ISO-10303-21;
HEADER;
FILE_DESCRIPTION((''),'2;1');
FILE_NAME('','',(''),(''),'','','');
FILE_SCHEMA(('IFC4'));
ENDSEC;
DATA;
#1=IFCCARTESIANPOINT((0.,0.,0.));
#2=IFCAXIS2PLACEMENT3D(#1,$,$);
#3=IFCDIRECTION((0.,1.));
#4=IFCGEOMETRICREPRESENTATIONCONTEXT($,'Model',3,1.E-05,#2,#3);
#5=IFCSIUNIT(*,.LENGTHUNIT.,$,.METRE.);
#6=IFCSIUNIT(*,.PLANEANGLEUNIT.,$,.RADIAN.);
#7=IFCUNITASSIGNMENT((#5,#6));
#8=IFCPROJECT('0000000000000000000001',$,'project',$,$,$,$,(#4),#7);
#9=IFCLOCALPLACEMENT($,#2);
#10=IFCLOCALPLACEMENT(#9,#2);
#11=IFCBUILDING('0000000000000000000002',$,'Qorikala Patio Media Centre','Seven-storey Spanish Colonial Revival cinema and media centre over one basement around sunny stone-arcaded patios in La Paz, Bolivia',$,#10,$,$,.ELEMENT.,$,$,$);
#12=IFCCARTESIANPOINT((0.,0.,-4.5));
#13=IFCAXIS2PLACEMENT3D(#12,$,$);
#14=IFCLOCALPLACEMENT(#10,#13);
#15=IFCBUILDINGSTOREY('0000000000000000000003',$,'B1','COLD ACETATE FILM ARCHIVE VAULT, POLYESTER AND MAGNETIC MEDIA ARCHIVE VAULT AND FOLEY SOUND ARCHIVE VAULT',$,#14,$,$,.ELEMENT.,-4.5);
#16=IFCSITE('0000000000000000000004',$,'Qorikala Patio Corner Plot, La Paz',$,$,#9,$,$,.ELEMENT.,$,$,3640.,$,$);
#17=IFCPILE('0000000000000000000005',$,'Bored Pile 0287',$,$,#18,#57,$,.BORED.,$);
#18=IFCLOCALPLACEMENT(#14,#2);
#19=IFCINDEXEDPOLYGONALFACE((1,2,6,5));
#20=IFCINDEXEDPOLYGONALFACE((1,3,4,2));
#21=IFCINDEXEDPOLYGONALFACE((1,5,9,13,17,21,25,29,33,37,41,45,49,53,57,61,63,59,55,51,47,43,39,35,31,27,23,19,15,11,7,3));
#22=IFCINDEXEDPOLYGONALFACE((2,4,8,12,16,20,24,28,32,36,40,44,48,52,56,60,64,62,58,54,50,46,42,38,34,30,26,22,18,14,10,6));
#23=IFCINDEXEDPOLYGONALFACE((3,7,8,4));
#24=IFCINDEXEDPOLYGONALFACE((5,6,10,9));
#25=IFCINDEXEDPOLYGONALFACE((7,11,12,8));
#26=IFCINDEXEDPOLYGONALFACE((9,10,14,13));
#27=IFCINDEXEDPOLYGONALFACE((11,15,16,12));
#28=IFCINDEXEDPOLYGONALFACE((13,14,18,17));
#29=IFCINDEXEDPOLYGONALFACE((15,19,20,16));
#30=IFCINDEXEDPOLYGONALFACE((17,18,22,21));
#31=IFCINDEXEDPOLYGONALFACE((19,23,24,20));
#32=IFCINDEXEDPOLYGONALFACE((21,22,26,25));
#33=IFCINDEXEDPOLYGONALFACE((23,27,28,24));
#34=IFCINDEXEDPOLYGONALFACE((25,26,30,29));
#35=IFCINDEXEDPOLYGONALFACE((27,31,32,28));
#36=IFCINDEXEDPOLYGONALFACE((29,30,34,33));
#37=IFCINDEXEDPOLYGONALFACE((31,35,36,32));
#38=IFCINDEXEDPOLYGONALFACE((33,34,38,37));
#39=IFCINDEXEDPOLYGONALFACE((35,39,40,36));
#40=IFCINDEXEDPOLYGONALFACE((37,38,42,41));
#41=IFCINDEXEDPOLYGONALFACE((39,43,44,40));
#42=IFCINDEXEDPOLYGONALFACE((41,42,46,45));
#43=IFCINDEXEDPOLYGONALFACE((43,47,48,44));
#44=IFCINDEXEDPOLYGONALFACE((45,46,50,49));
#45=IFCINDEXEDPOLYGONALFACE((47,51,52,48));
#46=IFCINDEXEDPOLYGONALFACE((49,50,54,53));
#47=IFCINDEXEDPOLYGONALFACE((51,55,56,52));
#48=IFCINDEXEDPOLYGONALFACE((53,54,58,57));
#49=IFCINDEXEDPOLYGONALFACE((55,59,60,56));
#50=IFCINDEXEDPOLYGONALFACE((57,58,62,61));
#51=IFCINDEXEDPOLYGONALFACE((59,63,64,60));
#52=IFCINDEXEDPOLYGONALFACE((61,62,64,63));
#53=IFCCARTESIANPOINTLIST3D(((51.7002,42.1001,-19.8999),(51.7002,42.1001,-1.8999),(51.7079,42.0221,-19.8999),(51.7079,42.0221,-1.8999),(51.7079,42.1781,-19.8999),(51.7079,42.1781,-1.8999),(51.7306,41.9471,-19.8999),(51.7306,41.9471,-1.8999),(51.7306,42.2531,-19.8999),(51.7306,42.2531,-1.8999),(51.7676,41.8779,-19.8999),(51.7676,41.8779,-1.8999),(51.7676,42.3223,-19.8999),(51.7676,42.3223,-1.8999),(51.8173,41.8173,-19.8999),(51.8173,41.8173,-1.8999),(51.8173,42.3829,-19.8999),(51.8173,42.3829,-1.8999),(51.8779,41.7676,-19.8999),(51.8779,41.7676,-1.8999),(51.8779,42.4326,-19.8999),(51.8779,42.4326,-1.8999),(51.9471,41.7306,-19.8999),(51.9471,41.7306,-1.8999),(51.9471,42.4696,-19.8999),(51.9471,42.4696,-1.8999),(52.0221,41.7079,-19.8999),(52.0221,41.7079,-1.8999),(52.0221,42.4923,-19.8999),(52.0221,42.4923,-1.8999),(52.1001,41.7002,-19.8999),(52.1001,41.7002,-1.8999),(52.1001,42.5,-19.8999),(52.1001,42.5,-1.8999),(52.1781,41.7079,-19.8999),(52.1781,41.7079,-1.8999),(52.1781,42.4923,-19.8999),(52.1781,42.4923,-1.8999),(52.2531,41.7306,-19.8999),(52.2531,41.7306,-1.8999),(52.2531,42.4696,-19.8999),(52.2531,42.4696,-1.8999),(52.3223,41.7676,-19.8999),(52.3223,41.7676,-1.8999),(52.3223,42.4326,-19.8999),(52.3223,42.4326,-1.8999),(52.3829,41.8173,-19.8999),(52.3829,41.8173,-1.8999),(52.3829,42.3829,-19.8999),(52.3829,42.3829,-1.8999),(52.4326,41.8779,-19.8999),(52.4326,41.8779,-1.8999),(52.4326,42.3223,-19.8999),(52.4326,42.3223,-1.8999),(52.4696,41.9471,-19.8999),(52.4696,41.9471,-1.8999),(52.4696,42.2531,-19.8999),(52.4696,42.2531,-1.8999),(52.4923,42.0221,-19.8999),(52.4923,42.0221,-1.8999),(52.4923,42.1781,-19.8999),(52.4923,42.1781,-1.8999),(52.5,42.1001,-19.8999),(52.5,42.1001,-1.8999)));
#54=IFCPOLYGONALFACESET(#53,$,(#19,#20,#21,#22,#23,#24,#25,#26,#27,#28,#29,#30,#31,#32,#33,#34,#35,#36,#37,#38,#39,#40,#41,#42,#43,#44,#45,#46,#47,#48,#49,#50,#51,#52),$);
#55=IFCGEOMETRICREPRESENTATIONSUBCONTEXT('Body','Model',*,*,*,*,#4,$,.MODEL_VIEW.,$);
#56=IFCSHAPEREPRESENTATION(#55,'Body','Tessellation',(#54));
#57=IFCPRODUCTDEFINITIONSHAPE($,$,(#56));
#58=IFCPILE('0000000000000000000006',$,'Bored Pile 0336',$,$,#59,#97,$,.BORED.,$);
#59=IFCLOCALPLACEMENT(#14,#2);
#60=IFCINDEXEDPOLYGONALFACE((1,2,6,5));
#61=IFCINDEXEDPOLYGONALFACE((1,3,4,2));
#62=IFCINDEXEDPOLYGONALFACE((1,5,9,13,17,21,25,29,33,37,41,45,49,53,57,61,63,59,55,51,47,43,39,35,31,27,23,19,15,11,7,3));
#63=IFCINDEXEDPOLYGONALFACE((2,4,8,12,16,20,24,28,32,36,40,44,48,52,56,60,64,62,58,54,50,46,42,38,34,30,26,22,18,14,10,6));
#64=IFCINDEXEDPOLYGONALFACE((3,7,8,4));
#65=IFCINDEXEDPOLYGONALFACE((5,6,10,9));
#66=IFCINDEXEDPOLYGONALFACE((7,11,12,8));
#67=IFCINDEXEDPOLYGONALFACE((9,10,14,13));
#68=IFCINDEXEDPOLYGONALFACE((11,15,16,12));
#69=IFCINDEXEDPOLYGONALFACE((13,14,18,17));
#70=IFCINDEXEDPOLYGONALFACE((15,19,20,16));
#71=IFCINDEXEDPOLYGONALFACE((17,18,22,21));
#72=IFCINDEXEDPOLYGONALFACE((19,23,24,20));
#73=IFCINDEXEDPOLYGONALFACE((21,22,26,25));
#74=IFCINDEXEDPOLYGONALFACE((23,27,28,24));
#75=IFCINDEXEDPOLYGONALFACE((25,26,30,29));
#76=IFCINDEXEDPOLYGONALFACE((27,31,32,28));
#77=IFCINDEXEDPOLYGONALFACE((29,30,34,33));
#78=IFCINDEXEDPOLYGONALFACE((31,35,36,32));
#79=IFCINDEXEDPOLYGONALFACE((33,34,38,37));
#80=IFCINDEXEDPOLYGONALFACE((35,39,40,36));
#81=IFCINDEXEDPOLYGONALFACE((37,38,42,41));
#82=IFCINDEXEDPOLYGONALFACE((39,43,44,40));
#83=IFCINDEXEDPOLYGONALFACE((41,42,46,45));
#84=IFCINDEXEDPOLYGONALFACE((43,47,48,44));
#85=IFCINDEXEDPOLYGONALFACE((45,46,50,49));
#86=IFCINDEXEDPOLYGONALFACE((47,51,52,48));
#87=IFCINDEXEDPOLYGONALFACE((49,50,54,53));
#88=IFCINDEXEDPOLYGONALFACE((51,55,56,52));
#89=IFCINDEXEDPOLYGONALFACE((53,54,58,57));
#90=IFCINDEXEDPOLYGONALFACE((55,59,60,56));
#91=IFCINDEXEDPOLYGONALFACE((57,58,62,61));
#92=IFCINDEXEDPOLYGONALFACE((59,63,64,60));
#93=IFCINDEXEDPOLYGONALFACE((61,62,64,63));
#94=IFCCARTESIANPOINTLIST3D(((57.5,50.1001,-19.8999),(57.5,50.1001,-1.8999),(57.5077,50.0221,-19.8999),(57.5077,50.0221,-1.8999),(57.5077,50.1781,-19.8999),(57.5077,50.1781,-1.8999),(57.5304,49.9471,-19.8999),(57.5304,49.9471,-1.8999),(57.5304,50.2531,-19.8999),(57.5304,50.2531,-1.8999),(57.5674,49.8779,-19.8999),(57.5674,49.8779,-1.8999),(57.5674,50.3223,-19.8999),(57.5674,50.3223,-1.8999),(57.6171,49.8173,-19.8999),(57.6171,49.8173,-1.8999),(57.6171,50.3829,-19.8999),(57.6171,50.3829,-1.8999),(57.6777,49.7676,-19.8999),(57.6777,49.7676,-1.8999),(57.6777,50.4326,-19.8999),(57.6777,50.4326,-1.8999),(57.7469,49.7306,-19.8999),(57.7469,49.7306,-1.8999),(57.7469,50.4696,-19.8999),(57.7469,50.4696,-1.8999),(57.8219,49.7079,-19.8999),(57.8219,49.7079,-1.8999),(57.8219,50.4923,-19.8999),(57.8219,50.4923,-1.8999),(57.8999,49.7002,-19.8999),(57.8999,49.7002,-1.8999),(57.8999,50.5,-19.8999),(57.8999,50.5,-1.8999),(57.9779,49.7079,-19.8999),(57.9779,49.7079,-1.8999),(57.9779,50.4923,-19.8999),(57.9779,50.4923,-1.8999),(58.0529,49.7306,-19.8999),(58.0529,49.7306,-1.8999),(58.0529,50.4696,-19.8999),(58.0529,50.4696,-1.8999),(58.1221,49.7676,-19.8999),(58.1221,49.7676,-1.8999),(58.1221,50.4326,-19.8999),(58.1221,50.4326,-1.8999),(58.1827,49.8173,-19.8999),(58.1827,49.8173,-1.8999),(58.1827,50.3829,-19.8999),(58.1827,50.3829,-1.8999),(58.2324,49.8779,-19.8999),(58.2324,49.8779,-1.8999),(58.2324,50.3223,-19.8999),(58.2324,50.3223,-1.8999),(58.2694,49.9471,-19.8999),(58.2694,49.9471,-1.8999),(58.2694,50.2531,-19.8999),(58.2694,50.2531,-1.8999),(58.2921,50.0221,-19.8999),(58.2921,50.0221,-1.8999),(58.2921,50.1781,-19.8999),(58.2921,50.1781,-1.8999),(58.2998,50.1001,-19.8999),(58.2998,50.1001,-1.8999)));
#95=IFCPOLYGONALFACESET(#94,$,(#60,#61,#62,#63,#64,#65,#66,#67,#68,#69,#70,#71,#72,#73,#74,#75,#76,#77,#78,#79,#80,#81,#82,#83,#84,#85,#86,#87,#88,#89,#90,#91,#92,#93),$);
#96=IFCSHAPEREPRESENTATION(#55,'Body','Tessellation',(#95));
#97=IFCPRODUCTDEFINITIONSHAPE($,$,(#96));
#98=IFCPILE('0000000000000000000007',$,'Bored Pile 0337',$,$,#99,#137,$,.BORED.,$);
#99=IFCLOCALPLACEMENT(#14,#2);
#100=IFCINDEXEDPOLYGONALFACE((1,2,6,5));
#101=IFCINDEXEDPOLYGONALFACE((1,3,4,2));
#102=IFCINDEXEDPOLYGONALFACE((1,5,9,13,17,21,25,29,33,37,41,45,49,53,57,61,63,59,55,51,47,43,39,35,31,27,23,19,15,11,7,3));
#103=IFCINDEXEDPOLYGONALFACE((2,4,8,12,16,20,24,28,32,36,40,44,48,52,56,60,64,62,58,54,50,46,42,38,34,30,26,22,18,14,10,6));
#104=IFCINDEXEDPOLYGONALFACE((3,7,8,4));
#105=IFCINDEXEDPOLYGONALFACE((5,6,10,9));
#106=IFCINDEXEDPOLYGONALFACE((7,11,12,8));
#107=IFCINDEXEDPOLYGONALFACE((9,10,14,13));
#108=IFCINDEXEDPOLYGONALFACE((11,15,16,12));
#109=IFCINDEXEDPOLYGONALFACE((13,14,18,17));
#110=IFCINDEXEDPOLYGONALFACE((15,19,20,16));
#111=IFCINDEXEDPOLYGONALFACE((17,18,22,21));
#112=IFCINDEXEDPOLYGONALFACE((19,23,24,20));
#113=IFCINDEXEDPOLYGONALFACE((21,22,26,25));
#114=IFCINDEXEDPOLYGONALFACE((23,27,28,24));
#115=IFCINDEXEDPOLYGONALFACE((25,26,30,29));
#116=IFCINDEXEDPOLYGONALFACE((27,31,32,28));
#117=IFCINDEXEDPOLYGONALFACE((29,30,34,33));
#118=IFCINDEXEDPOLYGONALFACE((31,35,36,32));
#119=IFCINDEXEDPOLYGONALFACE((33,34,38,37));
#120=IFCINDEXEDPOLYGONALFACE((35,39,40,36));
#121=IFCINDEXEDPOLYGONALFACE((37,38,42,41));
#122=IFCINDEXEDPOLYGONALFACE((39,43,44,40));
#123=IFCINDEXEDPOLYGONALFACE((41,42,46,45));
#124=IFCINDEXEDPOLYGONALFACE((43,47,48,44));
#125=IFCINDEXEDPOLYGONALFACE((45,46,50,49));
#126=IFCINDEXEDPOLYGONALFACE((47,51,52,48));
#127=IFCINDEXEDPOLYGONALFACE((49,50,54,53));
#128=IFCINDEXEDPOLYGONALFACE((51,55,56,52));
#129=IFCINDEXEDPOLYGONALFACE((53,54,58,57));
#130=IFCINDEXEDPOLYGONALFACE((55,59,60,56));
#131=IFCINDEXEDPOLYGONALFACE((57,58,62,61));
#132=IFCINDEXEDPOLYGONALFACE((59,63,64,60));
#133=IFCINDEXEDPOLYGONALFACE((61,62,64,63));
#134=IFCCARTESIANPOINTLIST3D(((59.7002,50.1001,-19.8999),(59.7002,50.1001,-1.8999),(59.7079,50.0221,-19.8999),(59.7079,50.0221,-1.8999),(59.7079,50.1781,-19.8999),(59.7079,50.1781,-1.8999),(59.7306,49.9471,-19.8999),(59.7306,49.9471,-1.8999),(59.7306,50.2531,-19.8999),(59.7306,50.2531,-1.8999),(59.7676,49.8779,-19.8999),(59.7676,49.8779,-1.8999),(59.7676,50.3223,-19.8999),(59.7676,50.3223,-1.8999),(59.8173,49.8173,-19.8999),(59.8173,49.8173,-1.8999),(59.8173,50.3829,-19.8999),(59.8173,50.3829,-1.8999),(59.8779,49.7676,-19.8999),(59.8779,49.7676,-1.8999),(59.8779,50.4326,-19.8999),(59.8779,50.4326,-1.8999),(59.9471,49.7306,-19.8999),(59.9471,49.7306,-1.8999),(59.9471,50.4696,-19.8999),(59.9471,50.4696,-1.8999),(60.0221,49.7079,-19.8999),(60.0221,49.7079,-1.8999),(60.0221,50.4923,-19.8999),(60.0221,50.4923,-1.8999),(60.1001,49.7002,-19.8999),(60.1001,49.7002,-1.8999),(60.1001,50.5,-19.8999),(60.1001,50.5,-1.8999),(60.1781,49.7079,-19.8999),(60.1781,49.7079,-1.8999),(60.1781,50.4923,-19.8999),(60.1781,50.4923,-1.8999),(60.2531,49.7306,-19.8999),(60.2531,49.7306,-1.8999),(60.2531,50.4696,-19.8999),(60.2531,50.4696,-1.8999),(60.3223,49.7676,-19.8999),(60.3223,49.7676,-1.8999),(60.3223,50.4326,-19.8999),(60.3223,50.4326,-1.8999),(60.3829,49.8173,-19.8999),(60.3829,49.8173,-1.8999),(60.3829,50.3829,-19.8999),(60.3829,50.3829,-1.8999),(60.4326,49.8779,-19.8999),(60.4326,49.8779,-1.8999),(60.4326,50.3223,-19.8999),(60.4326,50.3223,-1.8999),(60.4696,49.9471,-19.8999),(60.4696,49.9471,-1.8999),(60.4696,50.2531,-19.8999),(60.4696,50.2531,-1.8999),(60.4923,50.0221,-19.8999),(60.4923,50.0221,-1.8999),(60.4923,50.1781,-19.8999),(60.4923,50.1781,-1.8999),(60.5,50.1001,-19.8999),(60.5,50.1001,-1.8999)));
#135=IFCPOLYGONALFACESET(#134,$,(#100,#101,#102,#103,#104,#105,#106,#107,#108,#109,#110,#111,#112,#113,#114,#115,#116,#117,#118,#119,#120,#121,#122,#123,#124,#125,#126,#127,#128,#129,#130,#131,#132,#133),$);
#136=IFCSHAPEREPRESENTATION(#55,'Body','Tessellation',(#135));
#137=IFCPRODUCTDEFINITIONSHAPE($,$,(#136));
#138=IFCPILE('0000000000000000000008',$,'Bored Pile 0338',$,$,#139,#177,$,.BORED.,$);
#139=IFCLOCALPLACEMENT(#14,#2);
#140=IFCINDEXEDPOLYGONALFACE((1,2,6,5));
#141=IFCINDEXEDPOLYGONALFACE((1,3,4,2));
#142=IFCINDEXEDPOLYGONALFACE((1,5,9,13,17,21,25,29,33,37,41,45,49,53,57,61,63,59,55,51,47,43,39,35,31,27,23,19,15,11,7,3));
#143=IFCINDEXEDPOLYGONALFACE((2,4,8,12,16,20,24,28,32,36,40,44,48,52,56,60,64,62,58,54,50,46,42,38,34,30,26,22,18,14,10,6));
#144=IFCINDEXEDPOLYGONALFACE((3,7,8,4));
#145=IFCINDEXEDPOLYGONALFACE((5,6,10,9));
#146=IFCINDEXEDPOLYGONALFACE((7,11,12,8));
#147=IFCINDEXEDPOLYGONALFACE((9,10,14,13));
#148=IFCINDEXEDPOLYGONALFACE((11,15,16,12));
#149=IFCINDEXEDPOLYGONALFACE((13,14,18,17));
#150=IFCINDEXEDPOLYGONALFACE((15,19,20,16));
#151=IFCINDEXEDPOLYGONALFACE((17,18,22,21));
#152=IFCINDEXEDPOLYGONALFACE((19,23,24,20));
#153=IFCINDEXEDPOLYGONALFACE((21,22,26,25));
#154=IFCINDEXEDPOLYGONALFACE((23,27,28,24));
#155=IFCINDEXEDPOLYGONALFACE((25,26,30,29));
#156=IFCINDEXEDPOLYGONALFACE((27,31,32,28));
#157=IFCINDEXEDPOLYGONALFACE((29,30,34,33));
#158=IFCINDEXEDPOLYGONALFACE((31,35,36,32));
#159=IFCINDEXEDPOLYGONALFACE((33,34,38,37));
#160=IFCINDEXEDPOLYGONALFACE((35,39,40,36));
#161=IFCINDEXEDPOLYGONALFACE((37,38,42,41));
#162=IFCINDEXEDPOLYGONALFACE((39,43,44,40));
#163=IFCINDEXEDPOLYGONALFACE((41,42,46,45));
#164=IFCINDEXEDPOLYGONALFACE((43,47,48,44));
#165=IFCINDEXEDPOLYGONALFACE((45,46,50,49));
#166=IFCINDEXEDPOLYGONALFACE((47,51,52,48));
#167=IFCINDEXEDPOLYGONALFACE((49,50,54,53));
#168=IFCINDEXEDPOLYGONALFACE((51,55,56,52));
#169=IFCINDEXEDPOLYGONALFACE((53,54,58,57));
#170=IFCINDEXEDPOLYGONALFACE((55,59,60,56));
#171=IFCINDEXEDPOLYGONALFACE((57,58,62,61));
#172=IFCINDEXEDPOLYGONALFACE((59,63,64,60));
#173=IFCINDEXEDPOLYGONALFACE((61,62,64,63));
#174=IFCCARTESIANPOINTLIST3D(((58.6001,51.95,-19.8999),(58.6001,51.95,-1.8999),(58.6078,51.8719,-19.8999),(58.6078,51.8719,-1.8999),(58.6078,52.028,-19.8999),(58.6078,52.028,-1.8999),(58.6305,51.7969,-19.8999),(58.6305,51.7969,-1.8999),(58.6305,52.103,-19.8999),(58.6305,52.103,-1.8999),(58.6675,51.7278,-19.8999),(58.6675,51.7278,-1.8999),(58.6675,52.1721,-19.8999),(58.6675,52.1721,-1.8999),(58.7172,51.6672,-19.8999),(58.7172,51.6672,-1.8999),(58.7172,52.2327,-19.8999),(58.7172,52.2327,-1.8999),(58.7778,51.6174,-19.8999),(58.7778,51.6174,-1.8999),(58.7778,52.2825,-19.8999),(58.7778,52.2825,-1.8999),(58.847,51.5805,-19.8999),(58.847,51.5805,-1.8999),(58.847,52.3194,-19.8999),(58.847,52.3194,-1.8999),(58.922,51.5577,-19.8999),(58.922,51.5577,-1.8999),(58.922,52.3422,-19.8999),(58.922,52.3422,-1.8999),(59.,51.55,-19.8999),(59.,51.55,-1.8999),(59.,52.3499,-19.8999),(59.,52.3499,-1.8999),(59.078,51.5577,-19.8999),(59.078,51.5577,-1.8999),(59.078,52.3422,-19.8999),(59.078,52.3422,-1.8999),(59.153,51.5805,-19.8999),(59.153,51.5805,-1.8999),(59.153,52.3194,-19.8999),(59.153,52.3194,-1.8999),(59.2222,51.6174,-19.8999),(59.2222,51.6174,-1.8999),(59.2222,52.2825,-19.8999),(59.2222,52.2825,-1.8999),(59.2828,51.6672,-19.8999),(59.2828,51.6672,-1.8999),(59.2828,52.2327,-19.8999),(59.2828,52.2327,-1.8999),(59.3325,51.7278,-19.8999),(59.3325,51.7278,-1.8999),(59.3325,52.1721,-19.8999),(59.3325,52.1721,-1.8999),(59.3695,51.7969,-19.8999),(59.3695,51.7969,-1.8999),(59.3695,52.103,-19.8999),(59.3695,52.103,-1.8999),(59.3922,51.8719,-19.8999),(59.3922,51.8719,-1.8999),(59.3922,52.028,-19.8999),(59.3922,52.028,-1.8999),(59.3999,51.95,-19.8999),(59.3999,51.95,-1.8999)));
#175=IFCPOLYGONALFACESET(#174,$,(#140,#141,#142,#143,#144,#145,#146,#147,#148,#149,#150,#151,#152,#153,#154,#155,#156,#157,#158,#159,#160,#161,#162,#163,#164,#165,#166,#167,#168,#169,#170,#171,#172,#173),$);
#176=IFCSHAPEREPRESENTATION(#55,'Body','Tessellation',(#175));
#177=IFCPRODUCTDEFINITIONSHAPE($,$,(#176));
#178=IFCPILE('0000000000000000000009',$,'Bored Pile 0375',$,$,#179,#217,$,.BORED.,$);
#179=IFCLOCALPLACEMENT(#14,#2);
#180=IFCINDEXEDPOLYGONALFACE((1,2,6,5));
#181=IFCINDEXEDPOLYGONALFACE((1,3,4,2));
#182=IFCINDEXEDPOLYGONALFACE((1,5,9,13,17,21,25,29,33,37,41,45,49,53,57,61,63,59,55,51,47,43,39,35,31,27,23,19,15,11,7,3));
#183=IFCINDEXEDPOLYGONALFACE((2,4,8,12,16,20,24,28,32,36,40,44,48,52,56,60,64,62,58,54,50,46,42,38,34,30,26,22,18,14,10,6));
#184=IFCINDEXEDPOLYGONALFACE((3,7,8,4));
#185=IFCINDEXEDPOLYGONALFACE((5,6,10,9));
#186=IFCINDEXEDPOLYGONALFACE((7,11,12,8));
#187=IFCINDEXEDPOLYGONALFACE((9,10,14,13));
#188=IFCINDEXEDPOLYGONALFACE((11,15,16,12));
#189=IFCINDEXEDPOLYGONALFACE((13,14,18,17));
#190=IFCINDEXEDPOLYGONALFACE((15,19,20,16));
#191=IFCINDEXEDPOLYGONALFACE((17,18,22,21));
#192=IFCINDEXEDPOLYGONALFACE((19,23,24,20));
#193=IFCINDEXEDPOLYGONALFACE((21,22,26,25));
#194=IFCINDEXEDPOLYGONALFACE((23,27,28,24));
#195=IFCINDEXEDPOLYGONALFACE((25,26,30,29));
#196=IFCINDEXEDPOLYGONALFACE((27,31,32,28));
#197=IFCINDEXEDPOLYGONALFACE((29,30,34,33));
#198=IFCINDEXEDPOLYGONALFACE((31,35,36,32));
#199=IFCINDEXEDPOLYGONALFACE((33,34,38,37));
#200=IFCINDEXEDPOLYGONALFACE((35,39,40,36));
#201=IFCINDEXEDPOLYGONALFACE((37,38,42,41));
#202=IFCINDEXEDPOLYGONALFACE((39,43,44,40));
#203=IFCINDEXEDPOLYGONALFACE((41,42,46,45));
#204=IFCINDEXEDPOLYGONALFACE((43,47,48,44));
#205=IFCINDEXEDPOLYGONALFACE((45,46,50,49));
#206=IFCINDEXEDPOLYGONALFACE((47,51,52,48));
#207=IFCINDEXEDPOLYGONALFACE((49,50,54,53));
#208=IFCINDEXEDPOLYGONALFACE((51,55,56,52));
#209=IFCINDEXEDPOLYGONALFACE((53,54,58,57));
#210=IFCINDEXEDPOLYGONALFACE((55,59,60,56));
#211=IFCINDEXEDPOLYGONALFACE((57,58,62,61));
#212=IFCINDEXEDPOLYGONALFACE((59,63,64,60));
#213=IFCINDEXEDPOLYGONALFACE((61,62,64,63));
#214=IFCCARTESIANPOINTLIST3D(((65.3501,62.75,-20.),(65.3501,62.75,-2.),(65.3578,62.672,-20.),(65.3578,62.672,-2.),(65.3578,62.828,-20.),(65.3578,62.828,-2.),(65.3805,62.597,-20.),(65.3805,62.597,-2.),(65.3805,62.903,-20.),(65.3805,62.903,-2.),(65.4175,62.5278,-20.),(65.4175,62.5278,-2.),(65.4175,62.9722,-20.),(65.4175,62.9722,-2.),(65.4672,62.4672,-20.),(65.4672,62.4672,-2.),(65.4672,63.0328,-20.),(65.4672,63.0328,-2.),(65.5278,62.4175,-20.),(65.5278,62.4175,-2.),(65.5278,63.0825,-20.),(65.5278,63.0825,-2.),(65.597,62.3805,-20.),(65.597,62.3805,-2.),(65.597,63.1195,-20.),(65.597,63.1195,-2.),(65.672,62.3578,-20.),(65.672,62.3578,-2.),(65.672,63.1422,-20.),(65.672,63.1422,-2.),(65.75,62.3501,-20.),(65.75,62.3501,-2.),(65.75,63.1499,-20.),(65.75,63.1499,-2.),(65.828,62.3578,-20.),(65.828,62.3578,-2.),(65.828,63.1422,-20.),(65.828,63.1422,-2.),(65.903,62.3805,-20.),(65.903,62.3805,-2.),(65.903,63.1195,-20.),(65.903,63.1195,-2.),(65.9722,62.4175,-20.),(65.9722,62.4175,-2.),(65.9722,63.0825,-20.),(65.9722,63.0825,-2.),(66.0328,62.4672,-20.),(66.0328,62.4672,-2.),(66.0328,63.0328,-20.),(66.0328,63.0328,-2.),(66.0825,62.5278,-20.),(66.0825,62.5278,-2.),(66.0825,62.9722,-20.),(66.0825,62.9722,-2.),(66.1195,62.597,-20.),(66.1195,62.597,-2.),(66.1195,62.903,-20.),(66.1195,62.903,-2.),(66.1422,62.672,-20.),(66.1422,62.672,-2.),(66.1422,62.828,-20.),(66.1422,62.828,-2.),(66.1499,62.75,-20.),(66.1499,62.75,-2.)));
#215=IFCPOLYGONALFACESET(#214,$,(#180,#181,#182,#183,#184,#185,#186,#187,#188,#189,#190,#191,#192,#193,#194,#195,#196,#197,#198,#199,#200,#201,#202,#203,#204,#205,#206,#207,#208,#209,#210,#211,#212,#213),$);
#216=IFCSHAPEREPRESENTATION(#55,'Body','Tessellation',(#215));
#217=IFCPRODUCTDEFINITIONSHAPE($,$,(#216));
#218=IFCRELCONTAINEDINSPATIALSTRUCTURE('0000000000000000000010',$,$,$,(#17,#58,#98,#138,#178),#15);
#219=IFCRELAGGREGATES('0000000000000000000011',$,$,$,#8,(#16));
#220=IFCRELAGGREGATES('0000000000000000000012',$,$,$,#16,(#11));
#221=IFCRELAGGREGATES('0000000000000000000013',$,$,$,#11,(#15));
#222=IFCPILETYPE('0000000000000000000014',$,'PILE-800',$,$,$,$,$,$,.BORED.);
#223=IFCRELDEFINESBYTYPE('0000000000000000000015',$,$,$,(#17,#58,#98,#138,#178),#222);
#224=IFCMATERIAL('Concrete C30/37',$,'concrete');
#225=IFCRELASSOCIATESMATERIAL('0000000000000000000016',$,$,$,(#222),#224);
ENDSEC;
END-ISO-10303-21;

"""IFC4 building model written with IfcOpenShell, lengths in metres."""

from ifc_helpers import new_model, si_unit, direction, frame, origin, origin_2d, place, context, subcontext, project, spatial, circle, extrude, material, material_profile, profile_set, type_object, element, save


model = new_model("IFC4")

# Units and contexts
model_context = context("Model", 3, precision=1e-05, world=origin(), true_north=direction((0.0, 1.0)))
body_context = subcontext(model_context, "Body", "Model", "MODEL_VIEW")
ifc_project = project(units=[si_unit("LENGTHUNIT", "METRE"), si_unit("PLANEANGLEUNIT", "RADIAN")], contexts=[model_context])

# Site, building, storey
site_placement = place(None, origin())
site = spatial("IfcSite", under=ifc_project, at=site_placement, Name="Qorikala Patio Corner Plot, La Paz", CompositionType="ELEMENT", RefElevation=3640.0)
building_placement = place(site_placement, origin())
building = spatial("IfcBuilding", under=site, at=building_placement, Name="Qorikala Patio Media Centre", Description="Seven-storey Spanish Colonial Revival cinema and media centre over one basement around sunny stone-arcaded patios in La Paz, Bolivia", CompositionType="ELEMENT")
storey_placement = place(building_placement, frame((0.0, 0.0, -4.5)))
storey = spatial("IfcBuildingStorey", under=building, at=storey_placement, Name="B1", Description="COLD ACETATE FILM ARCHIVE VAULT, POLYESTER AND MAGNETIC MEDIA ARCHIVE VAULT AND FOLEY SOUND ARCHIVE VAULT", CompositionType="ELEMENT", Elevation=-4.5)

# Shared definitions
ifc_material_1 = material(Name="Concrete C30/37", Category="concrete")

# Piles
ifc_material_profile_1 = material_profile(ifc_material_1, circle(Radius=0.3999, at=origin_2d()), Name="BORED PILE 800")
ifc_profile_set_1 = profile_set([ifc_material_profile_1], Name="Concrete C30/37")
pile_type_1 = type_object("IfcPileType", Name="PILE-800", PredefinedType="BORED", material=ifc_profile_set_1)
for number, where, z_axis, x_axis, name in (
    (1, (52.1001, 42.1001, -1.8999), (0.0, 0.0, -1.0), (1.0, 0.0, 0.0), "Bored Pile 0287"),
    (2, (57.8999, 50.1001, -1.8999), (0.0, 0.0, -1.0), (1.0, 0.0, 0.0), "Bored Pile 0336"),
    (3, (60.1001, 50.1001, -1.8999), (0.0, 0.0, -1.0), (1.0, 0.0, 0.0), "Bored Pile 0337"),
    (4, (59.0, 51.95, -1.8999), (0.0, 0.0, -1.0), (1.0, 0.0, 0.0), "Bored Pile 0338"),
    (5, (65.75, 62.75, -2.0), (0.0, 0.0, -1.0), (1.0, 0.0, 0.0), "Bored Pile 0375"),
):
    element("IfcPile", number, at=place(storey_placement, frame(where, z_axis=z_axis, x_axis=x_axis)), inside=storey, type_object=pile_type_1, Name=name, PredefinedType="BORED", context=body_context, shape_type="SweptSolid", body=[
        extrude(circle(Radius=0.3999, at=origin_2d()), origin(), (0.0, 0.0, 1.0), 18.0),
    ])

save(model, "model.ifc")
